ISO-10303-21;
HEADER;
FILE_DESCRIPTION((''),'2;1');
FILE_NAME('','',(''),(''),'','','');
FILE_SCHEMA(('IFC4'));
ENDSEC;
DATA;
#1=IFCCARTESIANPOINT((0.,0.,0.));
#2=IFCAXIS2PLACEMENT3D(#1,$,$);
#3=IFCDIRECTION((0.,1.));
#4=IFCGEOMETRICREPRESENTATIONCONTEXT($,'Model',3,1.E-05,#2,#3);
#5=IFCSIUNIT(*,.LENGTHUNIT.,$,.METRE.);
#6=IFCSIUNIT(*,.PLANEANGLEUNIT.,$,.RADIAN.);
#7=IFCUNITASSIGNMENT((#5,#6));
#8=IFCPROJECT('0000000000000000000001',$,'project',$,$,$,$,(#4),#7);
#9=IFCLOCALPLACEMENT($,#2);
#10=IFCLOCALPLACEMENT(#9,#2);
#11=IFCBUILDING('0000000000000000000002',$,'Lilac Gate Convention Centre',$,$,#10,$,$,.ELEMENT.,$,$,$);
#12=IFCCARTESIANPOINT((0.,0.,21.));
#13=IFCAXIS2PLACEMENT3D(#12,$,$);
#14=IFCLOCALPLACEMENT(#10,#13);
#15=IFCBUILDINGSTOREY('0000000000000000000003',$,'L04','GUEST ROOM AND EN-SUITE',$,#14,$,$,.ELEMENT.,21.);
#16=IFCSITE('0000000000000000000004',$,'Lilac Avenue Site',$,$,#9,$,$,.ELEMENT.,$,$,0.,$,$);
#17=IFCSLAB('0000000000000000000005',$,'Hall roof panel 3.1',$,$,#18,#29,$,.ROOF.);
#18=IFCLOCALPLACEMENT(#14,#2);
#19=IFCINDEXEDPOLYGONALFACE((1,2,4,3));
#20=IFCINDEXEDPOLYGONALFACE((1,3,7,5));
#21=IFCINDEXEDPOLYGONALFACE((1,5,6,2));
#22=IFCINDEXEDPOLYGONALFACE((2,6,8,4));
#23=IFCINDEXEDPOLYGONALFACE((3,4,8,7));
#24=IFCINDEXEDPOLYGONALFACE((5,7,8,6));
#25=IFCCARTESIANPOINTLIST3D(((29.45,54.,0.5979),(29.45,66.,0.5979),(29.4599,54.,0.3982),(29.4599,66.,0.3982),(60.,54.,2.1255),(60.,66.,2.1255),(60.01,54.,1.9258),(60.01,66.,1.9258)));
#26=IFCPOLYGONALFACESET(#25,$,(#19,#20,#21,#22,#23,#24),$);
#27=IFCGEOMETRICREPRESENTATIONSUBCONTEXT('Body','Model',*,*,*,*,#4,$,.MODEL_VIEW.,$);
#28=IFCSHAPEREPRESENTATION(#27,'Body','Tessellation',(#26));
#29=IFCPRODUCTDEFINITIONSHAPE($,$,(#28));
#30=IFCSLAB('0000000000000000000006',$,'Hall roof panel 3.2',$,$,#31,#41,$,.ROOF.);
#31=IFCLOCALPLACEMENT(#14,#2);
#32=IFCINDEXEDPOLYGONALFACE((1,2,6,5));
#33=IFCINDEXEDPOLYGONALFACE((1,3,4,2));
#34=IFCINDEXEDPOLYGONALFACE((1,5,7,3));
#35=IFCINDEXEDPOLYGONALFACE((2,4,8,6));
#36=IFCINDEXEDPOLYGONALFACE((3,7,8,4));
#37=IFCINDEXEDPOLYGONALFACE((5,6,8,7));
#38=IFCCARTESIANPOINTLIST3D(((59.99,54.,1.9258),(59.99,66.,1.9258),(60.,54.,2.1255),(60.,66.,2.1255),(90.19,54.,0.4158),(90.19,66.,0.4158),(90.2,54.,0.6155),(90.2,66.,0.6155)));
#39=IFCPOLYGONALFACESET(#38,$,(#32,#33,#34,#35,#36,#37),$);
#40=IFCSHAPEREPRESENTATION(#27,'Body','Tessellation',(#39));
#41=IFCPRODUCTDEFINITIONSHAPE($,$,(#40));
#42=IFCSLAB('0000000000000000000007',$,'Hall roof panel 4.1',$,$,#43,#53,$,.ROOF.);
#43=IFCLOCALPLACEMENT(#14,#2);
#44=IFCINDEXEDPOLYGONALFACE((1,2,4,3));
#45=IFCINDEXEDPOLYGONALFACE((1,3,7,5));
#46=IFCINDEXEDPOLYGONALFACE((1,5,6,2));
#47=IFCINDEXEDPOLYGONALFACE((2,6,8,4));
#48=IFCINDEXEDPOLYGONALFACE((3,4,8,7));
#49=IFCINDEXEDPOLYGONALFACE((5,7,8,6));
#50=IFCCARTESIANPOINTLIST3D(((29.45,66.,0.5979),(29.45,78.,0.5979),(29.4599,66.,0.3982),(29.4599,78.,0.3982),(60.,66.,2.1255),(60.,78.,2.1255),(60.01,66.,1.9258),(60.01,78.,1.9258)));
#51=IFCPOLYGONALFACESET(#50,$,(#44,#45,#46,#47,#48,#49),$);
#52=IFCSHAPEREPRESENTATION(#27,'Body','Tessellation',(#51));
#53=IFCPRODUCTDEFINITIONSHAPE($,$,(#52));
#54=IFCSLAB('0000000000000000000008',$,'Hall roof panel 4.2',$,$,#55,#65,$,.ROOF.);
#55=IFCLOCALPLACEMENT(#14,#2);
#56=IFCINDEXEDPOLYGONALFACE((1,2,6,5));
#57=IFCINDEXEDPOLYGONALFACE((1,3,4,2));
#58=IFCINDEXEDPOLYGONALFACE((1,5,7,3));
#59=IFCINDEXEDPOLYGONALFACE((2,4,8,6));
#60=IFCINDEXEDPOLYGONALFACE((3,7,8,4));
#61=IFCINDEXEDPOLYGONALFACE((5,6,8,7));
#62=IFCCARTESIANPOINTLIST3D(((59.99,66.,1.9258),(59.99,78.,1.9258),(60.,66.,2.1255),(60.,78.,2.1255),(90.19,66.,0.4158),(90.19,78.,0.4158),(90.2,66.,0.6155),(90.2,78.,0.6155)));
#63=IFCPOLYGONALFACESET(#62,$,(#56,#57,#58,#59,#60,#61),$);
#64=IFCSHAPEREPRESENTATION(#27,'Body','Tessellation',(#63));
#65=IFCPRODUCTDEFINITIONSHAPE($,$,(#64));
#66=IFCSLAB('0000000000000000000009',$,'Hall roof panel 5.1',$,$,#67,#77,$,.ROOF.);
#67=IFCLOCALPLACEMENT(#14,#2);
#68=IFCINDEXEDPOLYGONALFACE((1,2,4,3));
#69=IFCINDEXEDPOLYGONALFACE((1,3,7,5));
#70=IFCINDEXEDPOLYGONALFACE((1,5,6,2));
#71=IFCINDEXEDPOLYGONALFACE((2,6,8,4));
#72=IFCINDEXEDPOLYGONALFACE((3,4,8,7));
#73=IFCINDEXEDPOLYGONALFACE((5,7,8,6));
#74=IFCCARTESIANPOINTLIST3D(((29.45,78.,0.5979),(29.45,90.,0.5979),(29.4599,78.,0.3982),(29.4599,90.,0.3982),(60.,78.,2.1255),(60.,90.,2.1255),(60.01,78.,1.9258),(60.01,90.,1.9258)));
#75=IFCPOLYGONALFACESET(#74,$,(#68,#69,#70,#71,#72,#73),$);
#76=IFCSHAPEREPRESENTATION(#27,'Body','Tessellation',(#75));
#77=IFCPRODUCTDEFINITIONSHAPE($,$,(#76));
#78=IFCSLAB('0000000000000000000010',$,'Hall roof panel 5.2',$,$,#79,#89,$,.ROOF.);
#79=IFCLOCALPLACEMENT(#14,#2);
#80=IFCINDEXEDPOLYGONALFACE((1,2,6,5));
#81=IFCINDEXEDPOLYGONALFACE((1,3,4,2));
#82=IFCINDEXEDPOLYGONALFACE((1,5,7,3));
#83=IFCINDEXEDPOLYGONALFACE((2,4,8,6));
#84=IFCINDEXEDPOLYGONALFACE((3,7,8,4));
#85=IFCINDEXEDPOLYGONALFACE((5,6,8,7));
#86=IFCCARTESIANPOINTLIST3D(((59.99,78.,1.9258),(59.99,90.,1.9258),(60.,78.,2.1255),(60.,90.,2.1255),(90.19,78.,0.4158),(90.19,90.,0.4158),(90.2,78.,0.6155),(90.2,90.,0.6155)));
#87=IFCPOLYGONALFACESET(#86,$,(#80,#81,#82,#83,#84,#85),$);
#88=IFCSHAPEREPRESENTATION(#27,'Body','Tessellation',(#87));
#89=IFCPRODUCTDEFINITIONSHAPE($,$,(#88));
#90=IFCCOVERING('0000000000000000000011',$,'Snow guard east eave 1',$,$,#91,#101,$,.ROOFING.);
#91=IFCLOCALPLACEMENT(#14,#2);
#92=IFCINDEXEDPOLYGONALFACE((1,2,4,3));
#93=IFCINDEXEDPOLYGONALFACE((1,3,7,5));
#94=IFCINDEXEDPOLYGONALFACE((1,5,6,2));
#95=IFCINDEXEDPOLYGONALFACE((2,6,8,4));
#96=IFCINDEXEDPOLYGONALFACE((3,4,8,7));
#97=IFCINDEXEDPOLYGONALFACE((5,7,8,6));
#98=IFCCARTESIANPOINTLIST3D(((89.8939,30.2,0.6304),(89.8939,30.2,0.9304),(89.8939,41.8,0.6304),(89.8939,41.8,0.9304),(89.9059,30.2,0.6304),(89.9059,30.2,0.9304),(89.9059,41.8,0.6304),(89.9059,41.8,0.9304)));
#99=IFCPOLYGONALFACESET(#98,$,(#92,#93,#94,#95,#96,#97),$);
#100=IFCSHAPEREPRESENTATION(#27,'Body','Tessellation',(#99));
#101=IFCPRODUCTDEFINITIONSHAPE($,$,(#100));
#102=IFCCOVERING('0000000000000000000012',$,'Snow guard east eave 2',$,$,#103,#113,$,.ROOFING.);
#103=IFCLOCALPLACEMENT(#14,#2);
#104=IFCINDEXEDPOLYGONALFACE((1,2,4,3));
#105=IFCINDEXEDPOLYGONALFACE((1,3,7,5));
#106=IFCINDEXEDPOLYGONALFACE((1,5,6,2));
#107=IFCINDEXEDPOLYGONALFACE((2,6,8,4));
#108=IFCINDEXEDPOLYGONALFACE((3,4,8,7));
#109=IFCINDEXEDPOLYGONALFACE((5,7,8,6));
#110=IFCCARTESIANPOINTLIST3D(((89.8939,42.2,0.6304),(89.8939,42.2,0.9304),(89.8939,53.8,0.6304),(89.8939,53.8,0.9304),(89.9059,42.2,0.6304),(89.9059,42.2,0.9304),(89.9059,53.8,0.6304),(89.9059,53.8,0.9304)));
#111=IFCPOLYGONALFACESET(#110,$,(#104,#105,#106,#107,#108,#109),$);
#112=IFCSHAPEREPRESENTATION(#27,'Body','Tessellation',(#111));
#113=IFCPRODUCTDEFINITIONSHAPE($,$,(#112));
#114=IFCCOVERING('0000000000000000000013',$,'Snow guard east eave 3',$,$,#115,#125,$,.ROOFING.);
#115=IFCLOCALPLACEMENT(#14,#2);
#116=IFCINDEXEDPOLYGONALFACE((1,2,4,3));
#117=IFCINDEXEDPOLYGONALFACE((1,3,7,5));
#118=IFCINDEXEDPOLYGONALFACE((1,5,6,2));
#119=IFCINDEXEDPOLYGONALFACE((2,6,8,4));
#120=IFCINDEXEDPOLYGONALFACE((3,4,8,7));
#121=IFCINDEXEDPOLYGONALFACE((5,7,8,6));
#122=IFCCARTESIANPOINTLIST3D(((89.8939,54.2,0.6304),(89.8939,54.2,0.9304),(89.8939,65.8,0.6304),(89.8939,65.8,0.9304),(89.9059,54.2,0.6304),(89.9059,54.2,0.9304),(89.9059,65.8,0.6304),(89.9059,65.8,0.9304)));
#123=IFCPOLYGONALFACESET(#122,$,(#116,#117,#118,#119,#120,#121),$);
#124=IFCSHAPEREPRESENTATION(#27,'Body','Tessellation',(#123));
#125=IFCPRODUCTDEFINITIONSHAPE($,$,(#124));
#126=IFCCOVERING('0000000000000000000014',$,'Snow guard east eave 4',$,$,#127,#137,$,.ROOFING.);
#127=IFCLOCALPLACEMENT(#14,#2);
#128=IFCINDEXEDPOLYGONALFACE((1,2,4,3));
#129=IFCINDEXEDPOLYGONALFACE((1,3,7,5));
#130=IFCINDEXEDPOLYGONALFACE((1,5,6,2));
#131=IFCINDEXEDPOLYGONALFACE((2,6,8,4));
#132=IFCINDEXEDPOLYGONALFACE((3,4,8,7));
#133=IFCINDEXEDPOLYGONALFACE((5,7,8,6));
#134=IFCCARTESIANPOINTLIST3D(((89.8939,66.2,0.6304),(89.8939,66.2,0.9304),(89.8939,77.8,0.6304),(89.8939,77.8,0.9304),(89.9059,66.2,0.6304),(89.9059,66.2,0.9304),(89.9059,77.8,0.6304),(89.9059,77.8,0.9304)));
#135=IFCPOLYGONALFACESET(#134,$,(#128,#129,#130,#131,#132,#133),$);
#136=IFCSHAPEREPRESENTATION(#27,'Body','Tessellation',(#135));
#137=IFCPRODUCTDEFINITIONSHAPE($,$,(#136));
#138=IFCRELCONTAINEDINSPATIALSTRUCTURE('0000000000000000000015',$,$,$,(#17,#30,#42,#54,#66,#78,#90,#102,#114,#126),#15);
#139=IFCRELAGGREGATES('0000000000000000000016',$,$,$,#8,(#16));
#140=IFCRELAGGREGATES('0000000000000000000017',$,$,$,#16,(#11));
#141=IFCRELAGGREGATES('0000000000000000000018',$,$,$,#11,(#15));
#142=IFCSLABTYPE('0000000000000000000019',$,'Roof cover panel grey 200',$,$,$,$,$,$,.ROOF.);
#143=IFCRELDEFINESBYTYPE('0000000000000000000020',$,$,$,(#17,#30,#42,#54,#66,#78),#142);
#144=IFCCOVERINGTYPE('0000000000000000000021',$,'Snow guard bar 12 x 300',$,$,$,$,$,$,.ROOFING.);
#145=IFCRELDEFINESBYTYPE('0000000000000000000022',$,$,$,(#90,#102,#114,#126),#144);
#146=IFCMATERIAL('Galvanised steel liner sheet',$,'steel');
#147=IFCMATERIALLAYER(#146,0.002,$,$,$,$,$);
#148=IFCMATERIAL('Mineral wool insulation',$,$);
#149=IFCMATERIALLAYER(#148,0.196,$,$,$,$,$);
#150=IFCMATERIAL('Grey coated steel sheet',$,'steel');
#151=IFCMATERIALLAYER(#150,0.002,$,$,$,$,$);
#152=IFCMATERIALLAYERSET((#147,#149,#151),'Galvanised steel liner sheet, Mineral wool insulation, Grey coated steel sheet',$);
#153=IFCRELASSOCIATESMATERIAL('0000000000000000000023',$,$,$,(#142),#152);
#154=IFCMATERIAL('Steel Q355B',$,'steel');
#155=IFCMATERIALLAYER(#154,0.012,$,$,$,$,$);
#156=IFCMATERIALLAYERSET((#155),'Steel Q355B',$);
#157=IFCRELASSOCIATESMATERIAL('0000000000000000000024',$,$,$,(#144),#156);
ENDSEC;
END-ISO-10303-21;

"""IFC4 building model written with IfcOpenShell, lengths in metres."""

from ifc_helpers import new_model, si_unit, direction, frame, origin, origin_2d, place, context, subcontext, project, spatial, polyline, rectangle, outline, extrude, material, layer, layer_set, type_object, element, save


model = new_model("IFC4")

# Units and contexts
model_context = context("Model", 3, precision=1e-05, world=origin(), true_north=direction((0.0, 1.0)))
body_context = subcontext(model_context, "Body", "Model", "MODEL_VIEW")
ifc_project = project(units=[si_unit("LENGTHUNIT", "METRE"), si_unit("PLANEANGLEUNIT", "RADIAN")], contexts=[model_context])

# Site, building, storey
site_placement = place(None, origin())
site = spatial("IfcSite", under=ifc_project, at=site_placement, Name="Lilac Avenue Site", CompositionType="ELEMENT", RefElevation=0.0)
building_placement = place(site_placement, origin())
building = spatial("IfcBuilding", under=site, at=building_placement, Name="Lilac Gate Convention Centre", CompositionType="ELEMENT")
storey_placement = place(building_placement, frame((0.0, 0.0, 21.0)))
storey = spatial("IfcBuildingStorey", under=building, at=storey_placement, Name="L04", Description="GUEST ROOM AND EN-SUITE", CompositionType="ELEMENT", Elevation=21.0)

# Slabs
ifc_material_1 = material(Name="Galvanised steel liner sheet", Category="steel")
ifc_layer_1 = layer(ifc_material_1, 0.002)
ifc_material_2 = material(Name="Mineral wool insulation")
ifc_layer_2 = layer(ifc_material_2, 0.196)
ifc_material_3 = material(Name="Grey coated steel sheet", Category="steel")
ifc_layer_3 = layer(ifc_material_3, 0.002)
ifc_layer_set_1 = layer_set([ifc_layer_1, ifc_layer_2, ifc_layer_3], Name="Galvanised steel liner sheet, Mineral wool insulation, Grey coated steel sheet")
slab_type = type_object("IfcSlabType", Name="Roof cover panel grey 200", PredefinedType="ROOF", material=ifc_layer_set_1)
slab_1_placement = place(storey_placement, frame((29.45, 54.0, 0.5979), z_axis=(-0.04994, 0.0, 0.998752), x_axis=(0.998752, 0.0, 0.04994)))
element("IfcSlab", 1, at=slab_1_placement, inside=storey, type_object=slab_type, Name="Hall roof panel 3.1", PredefinedType="ROOF", context=body_context, shape_type="SweptSolid", body=[
    extrude(outline(polyline([(0.0, 0.0), (30.5882, 0.0), (30.5882, 12.0), (0.0, 12.0), (0.0, 0.0)])), origin(), (0.0, 0.0, -1.0), 0.2),
])
slab_2_placement = place(storey_placement, frame((60.0, 54.0, 2.1255), z_axis=(0.049938, 0.0, 0.998752), x_axis=(0.998752, 0.0, -0.049938)))
element("IfcSlab", 2, at=slab_2_placement, inside=storey, type_object=slab_type, Name="Hall roof panel 3.2", PredefinedType="ROOF", context=body_context, shape_type="SweptSolid", body=[
    extrude(outline(polyline([(0.0, 0.0), (30.2377, 0.0), (30.2377, 12.0), (0.0, 12.0), (0.0, 0.0)])), origin(), (0.0, 0.0, -1.0), 0.2),
])
slab_3_placement = place(storey_placement, frame((29.45, 66.0, 0.5979), z_axis=(-0.04994, 0.0, 0.998752), x_axis=(0.998752, 0.0, 0.04994)))
element("IfcSlab", 3, at=slab_3_placement, inside=storey, type_object=slab_type, Name="Hall roof panel 4.1", PredefinedType="ROOF", context=body_context, shape_type="SweptSolid", body=[
    extrude(outline(polyline([(0.0, 0.0), (30.5882, 0.0), (30.5882, 12.0), (0.0, 12.0), (0.0, 0.0)])), origin(), (0.0, 0.0, -1.0), 0.2),
])
slab_4_placement = place(storey_placement, frame((60.0, 66.0, 2.1255), z_axis=(0.049938, 0.0, 0.998752), x_axis=(0.998752, 0.0, -0.049938)))
element("IfcSlab", 4, at=slab_4_placement, inside=storey, type_object=slab_type, Name="Hall roof panel 4.2", PredefinedType="ROOF", context=body_context, shape_type="SweptSolid", body=[
    extrude(outline(polyline([(0.0, 0.0), (30.2377, 0.0), (30.2377, 12.0), (0.0, 12.0), (0.0, 0.0)])), origin(), (0.0, 0.0, -1.0), 0.2),
])
slab_5_placement = place(storey_placement, frame((29.45, 78.0, 0.5979), z_axis=(-0.04994, 0.0, 0.998752), x_axis=(0.998752, 0.0, 0.04994)))
element("IfcSlab", 5, at=slab_5_placement, inside=storey, type_object=slab_type, Name="Hall roof panel 5.1", PredefinedType="ROOF", context=body_context, shape_type="SweptSolid", body=[
    extrude(outline(polyline([(0.0, 0.0), (30.5882, 0.0), (30.5882, 12.0), (0.0, 12.0), (0.0, 0.0)])), origin(), (0.0, 0.0, -1.0), 0.2),
])
slab_6_placement = place(storey_placement, frame((60.0, 78.0, 2.1255), z_axis=(0.049938, 0.0, 0.998752), x_axis=(0.998752, 0.0, -0.049938)))
element("IfcSlab", 6, at=slab_6_placement, inside=storey, type_object=slab_type, Name="Hall roof panel 5.2", PredefinedType="ROOF", context=body_context, shape_type="SweptSolid", body=[
    extrude(outline(polyline([(0.0, 0.0), (30.2377, 0.0), (30.2377, 12.0), (0.0, 12.0), (0.0, 0.0)])), origin(), (0.0, 0.0, -1.0), 0.2),
])

# Coverings
ifc_material_4 = material(Name="Steel Q355B", Category="steel")
ifc_layer_4 = layer(ifc_material_4, 0.012)
ifc_layer_set_2 = layer_set([ifc_layer_4], Name="Steel Q355B")
covering_type = type_object("IfcCoveringType", Name="Snow guard bar 12 x 300", PredefinedType="ROOFING", material=ifc_layer_set_2)
for number, where, z_axis, x_axis, name in (
    (7, (89.8999, 36.0, 0.6304), (0.0, 0.0, 1.0), (0.0, 1.0, 0.0), "Snow guard east eave 1"),
    (8, (89.8999, 48.0, 0.6304), (0.0, 0.0, 1.0), (0.0, 1.0, 0.0), "Snow guard east eave 2"),
    (9, (89.8999, 60.0, 0.6304), (0.0, 0.0, 1.0), (0.0, 1.0, 0.0), "Snow guard east eave 3"),
    (10, (89.8999, 72.0, 0.6304), (0.0, 0.0, 1.0), (0.0, 1.0, 0.0), "Snow guard east eave 4"),
):
    element("IfcCovering", number, at=place(storey_placement, frame(where, z_axis=z_axis, x_axis=x_axis)), inside=storey, type_object=covering_type, Name=name, PredefinedType="ROOFING", context=body_context, shape_type="SweptSolid", body=[
        extrude(rectangle(XDim=11.6001, YDim=0.012, at=origin_2d()), origin(), (0.0, 0.0, 1.0), 0.3),
    ])

save(model, "model.ifc")
